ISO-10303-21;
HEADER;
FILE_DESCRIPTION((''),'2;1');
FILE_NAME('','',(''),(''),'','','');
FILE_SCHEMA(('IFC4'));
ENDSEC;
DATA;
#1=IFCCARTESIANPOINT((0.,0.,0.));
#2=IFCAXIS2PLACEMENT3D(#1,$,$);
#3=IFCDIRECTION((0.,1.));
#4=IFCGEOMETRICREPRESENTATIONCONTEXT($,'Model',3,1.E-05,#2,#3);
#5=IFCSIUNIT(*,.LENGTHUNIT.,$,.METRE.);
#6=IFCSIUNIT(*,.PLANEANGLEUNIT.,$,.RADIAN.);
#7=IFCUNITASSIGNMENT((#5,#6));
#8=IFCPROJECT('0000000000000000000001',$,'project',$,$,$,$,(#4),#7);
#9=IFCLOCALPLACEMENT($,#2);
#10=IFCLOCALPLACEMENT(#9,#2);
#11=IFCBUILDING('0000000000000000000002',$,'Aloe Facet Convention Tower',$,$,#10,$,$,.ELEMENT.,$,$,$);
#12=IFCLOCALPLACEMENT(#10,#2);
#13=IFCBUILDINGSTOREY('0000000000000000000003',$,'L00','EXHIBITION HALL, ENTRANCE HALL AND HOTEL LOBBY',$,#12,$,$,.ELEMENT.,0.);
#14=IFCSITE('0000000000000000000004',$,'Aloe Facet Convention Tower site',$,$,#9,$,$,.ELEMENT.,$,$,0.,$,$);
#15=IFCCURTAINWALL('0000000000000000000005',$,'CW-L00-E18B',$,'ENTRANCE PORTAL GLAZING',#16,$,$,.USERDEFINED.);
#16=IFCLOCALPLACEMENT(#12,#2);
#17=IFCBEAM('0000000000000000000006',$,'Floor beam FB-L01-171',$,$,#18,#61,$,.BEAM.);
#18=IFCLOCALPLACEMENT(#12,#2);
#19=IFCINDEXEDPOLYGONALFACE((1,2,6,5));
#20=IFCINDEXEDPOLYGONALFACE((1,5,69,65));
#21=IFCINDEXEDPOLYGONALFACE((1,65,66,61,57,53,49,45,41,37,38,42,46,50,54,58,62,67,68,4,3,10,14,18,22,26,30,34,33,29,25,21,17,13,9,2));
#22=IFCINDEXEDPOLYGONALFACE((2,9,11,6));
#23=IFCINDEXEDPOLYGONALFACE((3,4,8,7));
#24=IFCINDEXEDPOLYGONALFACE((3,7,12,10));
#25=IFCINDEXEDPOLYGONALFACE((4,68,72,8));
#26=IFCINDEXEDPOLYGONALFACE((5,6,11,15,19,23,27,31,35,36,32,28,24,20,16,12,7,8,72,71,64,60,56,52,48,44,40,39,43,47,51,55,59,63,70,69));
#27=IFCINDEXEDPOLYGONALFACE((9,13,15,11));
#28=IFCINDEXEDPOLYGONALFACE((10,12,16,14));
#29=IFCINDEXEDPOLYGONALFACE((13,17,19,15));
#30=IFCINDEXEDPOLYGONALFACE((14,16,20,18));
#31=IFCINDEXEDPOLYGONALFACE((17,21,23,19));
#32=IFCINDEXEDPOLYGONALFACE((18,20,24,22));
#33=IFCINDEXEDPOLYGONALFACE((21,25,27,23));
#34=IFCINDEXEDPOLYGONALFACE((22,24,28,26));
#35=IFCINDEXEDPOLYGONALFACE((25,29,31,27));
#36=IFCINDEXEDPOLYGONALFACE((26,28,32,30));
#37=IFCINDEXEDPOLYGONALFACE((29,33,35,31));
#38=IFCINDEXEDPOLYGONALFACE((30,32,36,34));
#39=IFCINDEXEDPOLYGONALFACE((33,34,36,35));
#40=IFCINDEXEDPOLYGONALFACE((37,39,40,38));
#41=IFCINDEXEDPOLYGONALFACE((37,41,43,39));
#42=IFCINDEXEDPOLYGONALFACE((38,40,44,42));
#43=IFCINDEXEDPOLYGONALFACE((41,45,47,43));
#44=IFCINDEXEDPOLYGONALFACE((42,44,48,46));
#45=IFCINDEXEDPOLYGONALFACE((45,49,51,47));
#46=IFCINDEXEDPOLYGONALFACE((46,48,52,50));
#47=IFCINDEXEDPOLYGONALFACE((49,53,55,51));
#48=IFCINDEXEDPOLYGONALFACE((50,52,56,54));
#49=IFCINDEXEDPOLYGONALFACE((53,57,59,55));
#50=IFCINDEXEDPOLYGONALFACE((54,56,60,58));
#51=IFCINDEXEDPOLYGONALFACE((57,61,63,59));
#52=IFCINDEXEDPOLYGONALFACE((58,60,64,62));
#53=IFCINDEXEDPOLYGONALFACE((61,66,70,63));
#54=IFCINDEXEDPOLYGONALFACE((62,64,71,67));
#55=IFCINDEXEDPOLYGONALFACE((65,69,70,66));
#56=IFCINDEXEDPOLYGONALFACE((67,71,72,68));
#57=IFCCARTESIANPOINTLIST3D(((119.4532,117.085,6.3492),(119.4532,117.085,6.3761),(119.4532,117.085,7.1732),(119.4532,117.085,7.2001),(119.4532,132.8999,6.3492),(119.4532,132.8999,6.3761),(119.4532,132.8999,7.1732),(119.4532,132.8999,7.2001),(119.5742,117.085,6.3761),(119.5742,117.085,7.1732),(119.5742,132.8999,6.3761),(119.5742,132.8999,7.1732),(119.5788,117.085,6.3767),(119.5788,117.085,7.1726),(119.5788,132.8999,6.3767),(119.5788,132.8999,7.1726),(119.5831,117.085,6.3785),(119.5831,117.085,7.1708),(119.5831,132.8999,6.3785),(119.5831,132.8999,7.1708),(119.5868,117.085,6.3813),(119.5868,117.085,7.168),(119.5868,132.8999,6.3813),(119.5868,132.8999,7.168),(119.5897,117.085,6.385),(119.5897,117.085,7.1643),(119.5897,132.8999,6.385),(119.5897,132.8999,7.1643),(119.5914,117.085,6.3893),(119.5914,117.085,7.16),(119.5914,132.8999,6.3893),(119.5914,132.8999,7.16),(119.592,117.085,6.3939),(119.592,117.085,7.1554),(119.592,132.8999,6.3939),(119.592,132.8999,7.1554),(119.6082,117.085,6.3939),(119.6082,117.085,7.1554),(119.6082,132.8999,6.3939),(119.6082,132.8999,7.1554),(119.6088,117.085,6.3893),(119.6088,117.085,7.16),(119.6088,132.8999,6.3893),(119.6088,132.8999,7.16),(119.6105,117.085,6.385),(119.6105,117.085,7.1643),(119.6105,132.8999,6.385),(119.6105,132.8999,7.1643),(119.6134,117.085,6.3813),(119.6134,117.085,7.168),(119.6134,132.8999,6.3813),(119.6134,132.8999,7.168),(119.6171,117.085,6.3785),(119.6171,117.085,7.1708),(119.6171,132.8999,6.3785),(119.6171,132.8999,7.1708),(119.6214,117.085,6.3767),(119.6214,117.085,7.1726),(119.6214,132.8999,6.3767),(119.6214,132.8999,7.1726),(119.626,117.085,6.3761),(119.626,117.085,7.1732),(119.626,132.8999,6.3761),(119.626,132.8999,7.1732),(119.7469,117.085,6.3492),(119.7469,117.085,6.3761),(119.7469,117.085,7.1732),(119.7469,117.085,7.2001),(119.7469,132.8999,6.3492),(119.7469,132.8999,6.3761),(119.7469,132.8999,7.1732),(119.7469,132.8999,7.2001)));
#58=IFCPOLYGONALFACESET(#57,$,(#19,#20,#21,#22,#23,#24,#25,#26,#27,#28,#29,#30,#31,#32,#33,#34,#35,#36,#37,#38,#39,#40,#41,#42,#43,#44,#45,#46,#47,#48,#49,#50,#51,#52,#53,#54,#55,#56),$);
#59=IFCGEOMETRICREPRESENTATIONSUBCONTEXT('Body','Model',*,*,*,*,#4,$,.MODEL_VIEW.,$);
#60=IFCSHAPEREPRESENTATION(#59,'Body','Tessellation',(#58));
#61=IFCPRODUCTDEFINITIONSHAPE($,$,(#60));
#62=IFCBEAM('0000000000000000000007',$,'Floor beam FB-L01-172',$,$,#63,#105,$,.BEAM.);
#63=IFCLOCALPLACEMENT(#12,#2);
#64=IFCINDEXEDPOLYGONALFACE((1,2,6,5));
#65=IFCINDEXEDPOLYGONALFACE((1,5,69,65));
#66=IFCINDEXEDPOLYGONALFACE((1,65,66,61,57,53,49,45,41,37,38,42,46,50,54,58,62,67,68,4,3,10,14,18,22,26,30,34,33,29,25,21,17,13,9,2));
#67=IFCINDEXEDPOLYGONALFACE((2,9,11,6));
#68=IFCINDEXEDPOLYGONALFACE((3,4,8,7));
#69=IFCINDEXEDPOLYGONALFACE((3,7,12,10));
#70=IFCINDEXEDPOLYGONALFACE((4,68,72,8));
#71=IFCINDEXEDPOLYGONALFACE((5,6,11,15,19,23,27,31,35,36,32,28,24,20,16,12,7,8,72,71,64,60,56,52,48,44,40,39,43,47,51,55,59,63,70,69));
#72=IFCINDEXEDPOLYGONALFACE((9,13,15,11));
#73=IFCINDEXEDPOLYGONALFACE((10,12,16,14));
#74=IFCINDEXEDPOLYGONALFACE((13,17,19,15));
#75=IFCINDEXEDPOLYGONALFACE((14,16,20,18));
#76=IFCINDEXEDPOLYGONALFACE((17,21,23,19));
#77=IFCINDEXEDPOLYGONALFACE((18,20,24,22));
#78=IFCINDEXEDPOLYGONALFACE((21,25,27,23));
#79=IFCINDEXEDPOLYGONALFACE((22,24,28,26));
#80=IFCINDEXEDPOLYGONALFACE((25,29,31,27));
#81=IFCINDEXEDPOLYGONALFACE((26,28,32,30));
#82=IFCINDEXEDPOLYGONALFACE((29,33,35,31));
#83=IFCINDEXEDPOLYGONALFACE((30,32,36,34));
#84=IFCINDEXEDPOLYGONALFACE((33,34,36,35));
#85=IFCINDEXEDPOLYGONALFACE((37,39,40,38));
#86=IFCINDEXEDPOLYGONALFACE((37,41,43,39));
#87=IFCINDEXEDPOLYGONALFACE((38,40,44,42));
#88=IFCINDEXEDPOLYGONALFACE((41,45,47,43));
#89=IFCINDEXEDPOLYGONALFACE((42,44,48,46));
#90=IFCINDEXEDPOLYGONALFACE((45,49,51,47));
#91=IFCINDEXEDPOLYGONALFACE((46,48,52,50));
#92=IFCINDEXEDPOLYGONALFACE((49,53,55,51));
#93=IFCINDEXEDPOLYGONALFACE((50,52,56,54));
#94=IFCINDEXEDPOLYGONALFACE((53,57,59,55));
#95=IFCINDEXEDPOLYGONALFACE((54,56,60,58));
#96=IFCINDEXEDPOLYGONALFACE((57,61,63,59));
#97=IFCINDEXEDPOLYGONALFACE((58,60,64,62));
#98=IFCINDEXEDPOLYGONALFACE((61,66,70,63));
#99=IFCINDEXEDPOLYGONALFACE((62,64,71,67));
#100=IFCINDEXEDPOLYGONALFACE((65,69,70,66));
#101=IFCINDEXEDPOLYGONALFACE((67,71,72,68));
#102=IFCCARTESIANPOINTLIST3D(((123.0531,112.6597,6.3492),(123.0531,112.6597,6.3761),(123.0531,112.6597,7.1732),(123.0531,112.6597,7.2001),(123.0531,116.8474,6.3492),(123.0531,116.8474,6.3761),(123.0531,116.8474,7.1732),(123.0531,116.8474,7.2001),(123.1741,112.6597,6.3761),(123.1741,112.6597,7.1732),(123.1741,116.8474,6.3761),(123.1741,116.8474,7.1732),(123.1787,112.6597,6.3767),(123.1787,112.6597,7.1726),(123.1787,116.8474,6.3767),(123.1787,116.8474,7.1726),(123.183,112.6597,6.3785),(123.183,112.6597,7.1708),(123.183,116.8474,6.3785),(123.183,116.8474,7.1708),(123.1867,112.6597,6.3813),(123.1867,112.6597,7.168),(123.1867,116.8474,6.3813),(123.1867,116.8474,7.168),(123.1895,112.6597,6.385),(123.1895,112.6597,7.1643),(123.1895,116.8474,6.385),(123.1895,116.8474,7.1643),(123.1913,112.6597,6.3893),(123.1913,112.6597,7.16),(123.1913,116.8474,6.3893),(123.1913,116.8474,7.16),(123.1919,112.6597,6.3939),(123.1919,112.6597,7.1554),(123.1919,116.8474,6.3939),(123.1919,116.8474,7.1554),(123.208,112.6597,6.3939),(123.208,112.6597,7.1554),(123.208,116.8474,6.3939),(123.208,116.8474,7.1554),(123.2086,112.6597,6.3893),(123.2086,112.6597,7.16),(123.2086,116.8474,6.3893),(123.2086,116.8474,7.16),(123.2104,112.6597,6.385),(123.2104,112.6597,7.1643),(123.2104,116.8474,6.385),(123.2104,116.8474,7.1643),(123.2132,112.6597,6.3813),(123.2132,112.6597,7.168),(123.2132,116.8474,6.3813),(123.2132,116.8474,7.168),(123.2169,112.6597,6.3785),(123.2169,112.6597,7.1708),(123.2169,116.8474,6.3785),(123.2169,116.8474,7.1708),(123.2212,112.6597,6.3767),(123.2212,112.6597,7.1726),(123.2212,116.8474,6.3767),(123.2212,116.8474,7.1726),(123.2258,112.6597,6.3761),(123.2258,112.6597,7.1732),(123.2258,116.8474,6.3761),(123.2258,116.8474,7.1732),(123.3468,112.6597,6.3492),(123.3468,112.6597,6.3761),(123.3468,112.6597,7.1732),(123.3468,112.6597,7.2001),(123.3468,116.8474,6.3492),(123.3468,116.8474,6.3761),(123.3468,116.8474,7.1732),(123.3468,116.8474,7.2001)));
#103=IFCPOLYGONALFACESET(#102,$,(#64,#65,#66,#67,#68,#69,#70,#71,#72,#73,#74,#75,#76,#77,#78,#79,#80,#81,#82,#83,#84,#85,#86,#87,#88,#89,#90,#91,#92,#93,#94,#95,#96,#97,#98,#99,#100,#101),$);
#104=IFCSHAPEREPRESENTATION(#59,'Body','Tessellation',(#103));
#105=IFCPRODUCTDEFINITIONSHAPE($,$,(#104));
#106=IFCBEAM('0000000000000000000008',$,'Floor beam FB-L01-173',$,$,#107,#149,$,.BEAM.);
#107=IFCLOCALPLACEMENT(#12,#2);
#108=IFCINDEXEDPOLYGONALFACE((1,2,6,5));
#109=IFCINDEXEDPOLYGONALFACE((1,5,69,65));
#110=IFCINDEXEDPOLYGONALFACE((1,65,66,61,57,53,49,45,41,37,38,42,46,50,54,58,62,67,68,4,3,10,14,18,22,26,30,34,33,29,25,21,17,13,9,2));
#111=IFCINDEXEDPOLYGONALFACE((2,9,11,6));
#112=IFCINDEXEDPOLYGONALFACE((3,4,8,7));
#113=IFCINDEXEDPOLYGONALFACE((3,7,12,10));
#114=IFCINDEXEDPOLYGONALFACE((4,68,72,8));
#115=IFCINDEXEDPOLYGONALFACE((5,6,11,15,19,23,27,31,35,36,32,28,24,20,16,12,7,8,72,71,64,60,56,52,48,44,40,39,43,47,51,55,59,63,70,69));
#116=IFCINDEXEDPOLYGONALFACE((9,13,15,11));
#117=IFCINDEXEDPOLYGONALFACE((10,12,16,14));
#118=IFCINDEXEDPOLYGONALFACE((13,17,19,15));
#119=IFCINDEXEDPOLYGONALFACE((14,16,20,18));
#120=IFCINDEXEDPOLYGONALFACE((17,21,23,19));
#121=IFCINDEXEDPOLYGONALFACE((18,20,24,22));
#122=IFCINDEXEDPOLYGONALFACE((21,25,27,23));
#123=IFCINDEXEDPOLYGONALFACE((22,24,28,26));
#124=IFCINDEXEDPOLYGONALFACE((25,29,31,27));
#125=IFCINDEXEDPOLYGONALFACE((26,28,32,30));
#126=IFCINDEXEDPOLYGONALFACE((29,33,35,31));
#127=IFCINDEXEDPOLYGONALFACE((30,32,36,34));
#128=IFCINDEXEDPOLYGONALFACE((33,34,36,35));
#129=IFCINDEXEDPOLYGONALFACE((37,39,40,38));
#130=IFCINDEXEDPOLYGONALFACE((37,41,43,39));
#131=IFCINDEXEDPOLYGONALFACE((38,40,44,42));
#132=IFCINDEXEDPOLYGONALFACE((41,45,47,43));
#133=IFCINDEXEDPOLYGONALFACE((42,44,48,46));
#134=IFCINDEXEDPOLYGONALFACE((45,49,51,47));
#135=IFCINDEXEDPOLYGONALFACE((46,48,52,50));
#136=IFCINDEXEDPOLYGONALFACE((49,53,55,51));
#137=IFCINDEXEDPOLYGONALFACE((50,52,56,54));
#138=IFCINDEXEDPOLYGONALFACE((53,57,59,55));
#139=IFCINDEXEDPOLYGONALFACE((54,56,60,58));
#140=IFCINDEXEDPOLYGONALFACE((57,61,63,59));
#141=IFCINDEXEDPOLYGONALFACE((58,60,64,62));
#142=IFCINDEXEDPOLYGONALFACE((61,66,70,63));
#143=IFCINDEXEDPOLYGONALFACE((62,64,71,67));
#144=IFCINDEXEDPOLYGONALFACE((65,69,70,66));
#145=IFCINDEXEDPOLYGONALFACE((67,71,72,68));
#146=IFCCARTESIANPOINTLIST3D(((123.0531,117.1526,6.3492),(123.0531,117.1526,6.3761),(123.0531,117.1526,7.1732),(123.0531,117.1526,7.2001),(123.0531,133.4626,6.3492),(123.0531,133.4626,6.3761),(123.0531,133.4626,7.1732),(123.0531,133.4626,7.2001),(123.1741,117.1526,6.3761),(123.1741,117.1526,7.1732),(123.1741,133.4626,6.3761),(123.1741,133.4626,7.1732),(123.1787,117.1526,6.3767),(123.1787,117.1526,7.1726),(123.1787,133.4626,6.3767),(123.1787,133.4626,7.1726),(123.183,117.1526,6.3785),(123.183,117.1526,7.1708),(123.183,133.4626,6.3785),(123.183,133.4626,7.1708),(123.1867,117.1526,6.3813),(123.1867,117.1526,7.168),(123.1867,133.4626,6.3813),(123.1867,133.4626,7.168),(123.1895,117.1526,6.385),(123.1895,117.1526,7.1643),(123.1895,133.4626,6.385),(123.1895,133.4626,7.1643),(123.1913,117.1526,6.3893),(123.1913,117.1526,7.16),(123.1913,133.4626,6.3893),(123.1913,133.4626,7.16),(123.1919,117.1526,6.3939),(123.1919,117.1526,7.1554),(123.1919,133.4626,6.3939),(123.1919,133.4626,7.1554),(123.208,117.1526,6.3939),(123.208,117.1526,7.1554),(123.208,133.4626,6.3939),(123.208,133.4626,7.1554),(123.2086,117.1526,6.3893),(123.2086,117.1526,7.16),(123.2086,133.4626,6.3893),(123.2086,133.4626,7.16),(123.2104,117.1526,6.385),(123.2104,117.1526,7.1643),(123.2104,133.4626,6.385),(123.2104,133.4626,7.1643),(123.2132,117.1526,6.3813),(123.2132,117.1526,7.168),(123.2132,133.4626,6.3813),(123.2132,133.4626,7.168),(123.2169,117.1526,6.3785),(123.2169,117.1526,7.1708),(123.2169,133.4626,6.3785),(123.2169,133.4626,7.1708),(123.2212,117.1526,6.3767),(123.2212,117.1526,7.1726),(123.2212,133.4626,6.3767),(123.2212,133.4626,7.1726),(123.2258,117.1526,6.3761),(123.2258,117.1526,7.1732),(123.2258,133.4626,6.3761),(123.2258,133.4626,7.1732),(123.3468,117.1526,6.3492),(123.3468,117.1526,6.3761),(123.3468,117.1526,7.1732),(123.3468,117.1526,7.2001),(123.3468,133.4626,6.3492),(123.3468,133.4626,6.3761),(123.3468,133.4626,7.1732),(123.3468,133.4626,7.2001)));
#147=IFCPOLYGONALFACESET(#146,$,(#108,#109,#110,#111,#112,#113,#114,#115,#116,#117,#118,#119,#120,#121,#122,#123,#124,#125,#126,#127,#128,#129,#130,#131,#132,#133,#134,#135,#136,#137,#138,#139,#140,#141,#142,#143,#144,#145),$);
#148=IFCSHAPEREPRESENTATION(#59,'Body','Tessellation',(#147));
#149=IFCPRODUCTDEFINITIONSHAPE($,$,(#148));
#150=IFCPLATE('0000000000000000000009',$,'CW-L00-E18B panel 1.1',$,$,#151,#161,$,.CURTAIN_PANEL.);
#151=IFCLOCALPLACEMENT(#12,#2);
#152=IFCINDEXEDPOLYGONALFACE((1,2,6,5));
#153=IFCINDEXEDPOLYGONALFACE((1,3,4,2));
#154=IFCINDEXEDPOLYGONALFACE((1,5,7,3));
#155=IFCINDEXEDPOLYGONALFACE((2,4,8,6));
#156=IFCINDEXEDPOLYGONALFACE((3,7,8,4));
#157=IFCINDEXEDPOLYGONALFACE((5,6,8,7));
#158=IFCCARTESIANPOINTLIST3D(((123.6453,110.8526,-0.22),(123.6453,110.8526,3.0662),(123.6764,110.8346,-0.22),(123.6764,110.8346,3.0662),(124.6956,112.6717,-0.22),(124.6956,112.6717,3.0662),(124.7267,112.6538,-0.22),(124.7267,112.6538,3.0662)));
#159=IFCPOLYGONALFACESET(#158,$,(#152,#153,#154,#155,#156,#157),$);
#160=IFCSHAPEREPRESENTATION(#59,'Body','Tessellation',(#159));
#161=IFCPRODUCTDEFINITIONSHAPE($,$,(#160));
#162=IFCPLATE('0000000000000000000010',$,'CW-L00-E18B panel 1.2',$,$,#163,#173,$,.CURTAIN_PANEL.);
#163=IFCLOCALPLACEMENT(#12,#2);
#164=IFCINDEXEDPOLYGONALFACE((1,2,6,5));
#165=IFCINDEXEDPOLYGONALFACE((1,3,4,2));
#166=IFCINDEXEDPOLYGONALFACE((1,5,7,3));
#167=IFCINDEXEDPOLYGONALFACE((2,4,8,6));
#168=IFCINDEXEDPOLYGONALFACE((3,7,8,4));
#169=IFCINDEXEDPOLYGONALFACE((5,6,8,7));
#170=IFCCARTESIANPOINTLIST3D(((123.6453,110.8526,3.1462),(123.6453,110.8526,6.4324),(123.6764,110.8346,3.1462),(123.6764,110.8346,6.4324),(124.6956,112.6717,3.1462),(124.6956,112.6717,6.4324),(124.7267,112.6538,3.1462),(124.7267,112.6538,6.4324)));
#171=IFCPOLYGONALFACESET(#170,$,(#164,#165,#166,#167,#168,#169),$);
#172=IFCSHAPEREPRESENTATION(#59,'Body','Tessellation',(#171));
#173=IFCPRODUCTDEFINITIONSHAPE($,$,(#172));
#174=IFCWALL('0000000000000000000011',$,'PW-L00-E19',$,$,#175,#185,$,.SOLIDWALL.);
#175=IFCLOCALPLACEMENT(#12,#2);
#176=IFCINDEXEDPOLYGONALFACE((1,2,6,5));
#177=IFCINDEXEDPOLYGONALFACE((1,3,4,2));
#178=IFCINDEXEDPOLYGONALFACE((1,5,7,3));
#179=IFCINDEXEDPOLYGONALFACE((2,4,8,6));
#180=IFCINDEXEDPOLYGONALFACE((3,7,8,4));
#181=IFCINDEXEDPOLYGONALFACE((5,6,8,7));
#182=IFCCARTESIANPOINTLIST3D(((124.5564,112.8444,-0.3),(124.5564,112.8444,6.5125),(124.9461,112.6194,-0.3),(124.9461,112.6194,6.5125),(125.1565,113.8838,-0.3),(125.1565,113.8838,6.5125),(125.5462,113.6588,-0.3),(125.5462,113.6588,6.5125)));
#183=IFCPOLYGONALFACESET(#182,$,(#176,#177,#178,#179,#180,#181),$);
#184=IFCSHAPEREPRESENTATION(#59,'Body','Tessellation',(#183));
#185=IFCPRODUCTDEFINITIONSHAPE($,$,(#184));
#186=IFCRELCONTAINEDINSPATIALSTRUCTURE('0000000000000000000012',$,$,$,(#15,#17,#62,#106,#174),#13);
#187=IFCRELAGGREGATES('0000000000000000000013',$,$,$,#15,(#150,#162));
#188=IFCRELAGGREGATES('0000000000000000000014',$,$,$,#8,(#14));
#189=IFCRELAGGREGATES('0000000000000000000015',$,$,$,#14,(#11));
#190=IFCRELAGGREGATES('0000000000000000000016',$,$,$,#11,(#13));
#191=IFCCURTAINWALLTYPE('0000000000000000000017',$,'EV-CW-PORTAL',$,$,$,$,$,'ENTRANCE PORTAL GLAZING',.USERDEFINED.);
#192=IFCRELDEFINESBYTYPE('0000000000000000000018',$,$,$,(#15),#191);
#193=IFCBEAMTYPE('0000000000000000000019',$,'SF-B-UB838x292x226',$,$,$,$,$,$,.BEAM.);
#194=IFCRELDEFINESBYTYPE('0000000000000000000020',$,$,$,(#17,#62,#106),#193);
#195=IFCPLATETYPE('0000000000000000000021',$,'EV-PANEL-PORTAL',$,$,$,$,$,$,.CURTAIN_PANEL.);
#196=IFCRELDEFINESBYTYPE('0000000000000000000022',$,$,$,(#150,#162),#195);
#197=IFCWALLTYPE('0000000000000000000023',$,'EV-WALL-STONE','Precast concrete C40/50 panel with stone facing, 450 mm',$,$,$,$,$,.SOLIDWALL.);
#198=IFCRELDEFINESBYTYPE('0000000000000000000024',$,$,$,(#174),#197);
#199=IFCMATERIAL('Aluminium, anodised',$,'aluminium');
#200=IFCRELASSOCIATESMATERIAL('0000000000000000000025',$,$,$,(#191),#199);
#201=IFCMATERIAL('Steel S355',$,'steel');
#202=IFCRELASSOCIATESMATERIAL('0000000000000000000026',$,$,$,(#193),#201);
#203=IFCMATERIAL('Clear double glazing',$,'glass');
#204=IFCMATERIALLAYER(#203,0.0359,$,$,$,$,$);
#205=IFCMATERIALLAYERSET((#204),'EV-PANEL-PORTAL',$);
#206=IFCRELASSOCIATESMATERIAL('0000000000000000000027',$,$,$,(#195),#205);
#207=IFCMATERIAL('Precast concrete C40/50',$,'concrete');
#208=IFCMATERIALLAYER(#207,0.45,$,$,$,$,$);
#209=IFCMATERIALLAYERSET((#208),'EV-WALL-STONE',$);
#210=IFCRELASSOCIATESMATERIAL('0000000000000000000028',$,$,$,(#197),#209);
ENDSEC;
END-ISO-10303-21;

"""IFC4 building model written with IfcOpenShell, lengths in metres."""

from ifc_helpers import new_model, si_unit, direction, frame, frame_2d, origin, origin_2d, place, context, subcontext, project, spatial, rectangle, i_section, extrude, material, layer, layer_set, material_profile, profile_set, type_object, element, aggregate, save


model = new_model("IFC4")

# Units and contexts
model_context = context("Model", 3, precision=1e-05, world=origin(), true_north=direction((0.0, 1.0)))
body_context = subcontext(model_context, "Body", "Model", "MODEL_VIEW")
ifc_project = project(units=[si_unit("LENGTHUNIT", "METRE"), si_unit("PLANEANGLEUNIT", "RADIAN")], contexts=[model_context])

# Site, building, storey
site_placement = place(None, origin())
site = spatial("IfcSite", under=ifc_project, at=site_placement, Name="Aloe Facet Convention Tower site", CompositionType="ELEMENT", RefElevation=0.0)
building_placement = place(site_placement, origin())
building = spatial("IfcBuilding", under=site, at=building_placement, Name="Aloe Facet Convention Tower", CompositionType="ELEMENT")
storey_placement = place(building_placement, origin())
storey = spatial("IfcBuildingStorey", under=building, at=storey_placement, Name="L00", Description="EXHIBITION HALL, ENTRANCE HALL AND HOTEL LOBBY", CompositionType="ELEMENT", Elevation=0.0)

# Curtain wall
ifc_material_1 = material(Name="Aluminium, anodised", Category="aluminium")
curtain_wall_type = type_object("IfcCurtainWallType", Name="EV-CW-PORTAL", ElementType="ENTRANCE PORTAL GLAZING", PredefinedType="USERDEFINED", material=ifc_material_1)
curtain_wall_placement = place(storey_placement, origin())
curtain_wall = element("IfcCurtainWall", 1, at=curtain_wall_placement, inside=storey, type_object=curtain_wall_type, Name="CW-L00-E18B", ObjectType="ENTRANCE PORTAL GLAZING", PredefinedType="USERDEFINED")

# Beams
ifc_material_2 = material(Name="Steel S355", Category="steel")
ifc_material_profile_1 = material_profile(ifc_material_2, i_section(OverallWidth=0.2937, OverallDepth=0.8508, WebThickness=0.0161, FlangeThickness=0.0269, FilletRadius=0.0178, at=origin_2d()), Name="UB 838x292x226")
ifc_profile_set_1 = profile_set([ifc_material_profile_1], Name="Steel S355")
beam_type_1 = type_object("IfcBeamType", Name="SF-B-UB838x292x226", PredefinedType="BEAM", material=ifc_profile_set_1)
beam_1_placement = place(storey_placement, frame((119.6001, 117.085, 6.7747), z_axis=(0.0, 1.0, 0.0), x_axis=(-1.0, 0.0, 0.0)))
element("IfcBeam", 2, at=beam_1_placement, inside=storey, type_object=beam_type_1, Name="Floor beam FB-L01-171", PredefinedType="BEAM", context=body_context, shape_type="SweptSolid", body=[
    extrude(i_section(OverallWidth=0.2937, OverallDepth=0.8508, WebThickness=0.0161, FlangeThickness=0.0269, FilletRadius=0.0178, at=origin_2d()), origin(), (0.0, 0.0, 1.0), 15.8149),
])
beam_2_placement = place(storey_placement, frame((123.2, 112.6597, 6.7747), z_axis=(0.0, 1.0, 0.0), x_axis=(-1.0, 0.0, 0.0)))
element("IfcBeam", 3, at=beam_2_placement, inside=storey, type_object=beam_type_1, Name="Floor beam FB-L01-172", PredefinedType="BEAM", context=body_context, shape_type="SweptSolid", body=[
    extrude(i_section(OverallWidth=0.2937, OverallDepth=0.8508, WebThickness=0.0161, FlangeThickness=0.0269, FilletRadius=0.0178, at=origin_2d()), origin(), (0.0, 0.0, 1.0), 4.1877),
])
beam_3_placement = place(storey_placement, frame((123.2, 117.1526, 6.7747), z_axis=(0.0, 1.0, 0.0), x_axis=(-1.0, 0.0, 0.0)))
element("IfcBeam", 4, at=beam_3_placement, inside=storey, type_object=beam_type_1, Name="Floor beam FB-L01-173", PredefinedType="BEAM", context=body_context, shape_type="SweptSolid", body=[
    extrude(i_section(OverallWidth=0.2937, OverallDepth=0.8508, WebThickness=0.0161, FlangeThickness=0.0269, FilletRadius=0.0178, at=origin_2d()), origin(), (0.0, 0.0, 1.0), 16.3101),
])

# Plates
ifc_material_3 = material(Name="Clear double glazing", Category="glass")
ifc_layer_1 = layer(ifc_material_3, 0.0359)
ifc_layer_set_1 = layer_set([ifc_layer_1], Name="EV-PANEL-PORTAL")
plate_type = type_object("IfcPlateType", Name="EV-PANEL-PORTAL", PredefinedType="CURTAIN_PANEL", material=ifc_layer_set_1)
plate_1_placement = place(storey_placement, frame((124.186, 111.7532, -0.22), z_axis=(0.0, 0.0, 1.0), x_axis=(0.5, 0.866025, 0.0)))
plate_1 = element("IfcPlate", 5, at=plate_1_placement, type_object=plate_type, Name="CW-L00-E18B panel 1.1", PredefinedType="CURTAIN_PANEL", context=body_context, shape_type="SweptSolid", body=[
    extrude(rectangle(XDim=2.1006, YDim=0.0359, at=origin_2d()), origin(), (0.0, 0.0, 1.0), 3.2861),
])
plate_2_placement = place(storey_placement, frame((124.186, 111.7532, 3.1462), z_axis=(0.0, 0.0, 1.0), x_axis=(0.5, 0.866025, 0.0)))
plate_2 = element("IfcPlate", 6, at=plate_2_placement, type_object=plate_type, Name="CW-L00-E18B panel 1.2", PredefinedType="CURTAIN_PANEL", context=body_context, shape_type="SweptSolid", body=[
    extrude(rectangle(XDim=2.1006, YDim=0.0359, at=origin_2d()), origin(), (0.0, 0.0, 1.0), 3.2861),
])
aggregate(curtain_wall, [plate_1, plate_2])

# Wall
ifc_material_4 = material(Name="Precast concrete C40/50", Category="concrete")
ifc_layer_2 = layer(ifc_material_4, 0.45)
ifc_layer_set_2 = layer_set([ifc_layer_2], Name="EV-WALL-STONE")
wall_type_1 = type_object("IfcWallType", Name="EV-WALL-STONE", Description="Precast concrete C40/50 panel with stone facing, 450 mm", PredefinedType="SOLIDWALL", material=ifc_layer_set_2)
wall_1_placement = place(storey_placement, frame((124.7512, 112.7319, -0.3), z_axis=(0.0, 0.0, 1.0), x_axis=(0.500034, 0.866006, 0.0)))
element("IfcWall", 7, at=wall_1_placement, inside=storey, type_object=wall_type_1, Name="PW-L00-E19", PredefinedType="SOLIDWALL", context=body_context, shape_type="SweptSolid", body=[
    extrude(rectangle(XDim=1.2002, YDim=0.45, at=frame_2d((0.6001, 0.0))), origin(), (0.0, 0.0, 1.0), 6.8125),
])

save(model, "model.ifc")
